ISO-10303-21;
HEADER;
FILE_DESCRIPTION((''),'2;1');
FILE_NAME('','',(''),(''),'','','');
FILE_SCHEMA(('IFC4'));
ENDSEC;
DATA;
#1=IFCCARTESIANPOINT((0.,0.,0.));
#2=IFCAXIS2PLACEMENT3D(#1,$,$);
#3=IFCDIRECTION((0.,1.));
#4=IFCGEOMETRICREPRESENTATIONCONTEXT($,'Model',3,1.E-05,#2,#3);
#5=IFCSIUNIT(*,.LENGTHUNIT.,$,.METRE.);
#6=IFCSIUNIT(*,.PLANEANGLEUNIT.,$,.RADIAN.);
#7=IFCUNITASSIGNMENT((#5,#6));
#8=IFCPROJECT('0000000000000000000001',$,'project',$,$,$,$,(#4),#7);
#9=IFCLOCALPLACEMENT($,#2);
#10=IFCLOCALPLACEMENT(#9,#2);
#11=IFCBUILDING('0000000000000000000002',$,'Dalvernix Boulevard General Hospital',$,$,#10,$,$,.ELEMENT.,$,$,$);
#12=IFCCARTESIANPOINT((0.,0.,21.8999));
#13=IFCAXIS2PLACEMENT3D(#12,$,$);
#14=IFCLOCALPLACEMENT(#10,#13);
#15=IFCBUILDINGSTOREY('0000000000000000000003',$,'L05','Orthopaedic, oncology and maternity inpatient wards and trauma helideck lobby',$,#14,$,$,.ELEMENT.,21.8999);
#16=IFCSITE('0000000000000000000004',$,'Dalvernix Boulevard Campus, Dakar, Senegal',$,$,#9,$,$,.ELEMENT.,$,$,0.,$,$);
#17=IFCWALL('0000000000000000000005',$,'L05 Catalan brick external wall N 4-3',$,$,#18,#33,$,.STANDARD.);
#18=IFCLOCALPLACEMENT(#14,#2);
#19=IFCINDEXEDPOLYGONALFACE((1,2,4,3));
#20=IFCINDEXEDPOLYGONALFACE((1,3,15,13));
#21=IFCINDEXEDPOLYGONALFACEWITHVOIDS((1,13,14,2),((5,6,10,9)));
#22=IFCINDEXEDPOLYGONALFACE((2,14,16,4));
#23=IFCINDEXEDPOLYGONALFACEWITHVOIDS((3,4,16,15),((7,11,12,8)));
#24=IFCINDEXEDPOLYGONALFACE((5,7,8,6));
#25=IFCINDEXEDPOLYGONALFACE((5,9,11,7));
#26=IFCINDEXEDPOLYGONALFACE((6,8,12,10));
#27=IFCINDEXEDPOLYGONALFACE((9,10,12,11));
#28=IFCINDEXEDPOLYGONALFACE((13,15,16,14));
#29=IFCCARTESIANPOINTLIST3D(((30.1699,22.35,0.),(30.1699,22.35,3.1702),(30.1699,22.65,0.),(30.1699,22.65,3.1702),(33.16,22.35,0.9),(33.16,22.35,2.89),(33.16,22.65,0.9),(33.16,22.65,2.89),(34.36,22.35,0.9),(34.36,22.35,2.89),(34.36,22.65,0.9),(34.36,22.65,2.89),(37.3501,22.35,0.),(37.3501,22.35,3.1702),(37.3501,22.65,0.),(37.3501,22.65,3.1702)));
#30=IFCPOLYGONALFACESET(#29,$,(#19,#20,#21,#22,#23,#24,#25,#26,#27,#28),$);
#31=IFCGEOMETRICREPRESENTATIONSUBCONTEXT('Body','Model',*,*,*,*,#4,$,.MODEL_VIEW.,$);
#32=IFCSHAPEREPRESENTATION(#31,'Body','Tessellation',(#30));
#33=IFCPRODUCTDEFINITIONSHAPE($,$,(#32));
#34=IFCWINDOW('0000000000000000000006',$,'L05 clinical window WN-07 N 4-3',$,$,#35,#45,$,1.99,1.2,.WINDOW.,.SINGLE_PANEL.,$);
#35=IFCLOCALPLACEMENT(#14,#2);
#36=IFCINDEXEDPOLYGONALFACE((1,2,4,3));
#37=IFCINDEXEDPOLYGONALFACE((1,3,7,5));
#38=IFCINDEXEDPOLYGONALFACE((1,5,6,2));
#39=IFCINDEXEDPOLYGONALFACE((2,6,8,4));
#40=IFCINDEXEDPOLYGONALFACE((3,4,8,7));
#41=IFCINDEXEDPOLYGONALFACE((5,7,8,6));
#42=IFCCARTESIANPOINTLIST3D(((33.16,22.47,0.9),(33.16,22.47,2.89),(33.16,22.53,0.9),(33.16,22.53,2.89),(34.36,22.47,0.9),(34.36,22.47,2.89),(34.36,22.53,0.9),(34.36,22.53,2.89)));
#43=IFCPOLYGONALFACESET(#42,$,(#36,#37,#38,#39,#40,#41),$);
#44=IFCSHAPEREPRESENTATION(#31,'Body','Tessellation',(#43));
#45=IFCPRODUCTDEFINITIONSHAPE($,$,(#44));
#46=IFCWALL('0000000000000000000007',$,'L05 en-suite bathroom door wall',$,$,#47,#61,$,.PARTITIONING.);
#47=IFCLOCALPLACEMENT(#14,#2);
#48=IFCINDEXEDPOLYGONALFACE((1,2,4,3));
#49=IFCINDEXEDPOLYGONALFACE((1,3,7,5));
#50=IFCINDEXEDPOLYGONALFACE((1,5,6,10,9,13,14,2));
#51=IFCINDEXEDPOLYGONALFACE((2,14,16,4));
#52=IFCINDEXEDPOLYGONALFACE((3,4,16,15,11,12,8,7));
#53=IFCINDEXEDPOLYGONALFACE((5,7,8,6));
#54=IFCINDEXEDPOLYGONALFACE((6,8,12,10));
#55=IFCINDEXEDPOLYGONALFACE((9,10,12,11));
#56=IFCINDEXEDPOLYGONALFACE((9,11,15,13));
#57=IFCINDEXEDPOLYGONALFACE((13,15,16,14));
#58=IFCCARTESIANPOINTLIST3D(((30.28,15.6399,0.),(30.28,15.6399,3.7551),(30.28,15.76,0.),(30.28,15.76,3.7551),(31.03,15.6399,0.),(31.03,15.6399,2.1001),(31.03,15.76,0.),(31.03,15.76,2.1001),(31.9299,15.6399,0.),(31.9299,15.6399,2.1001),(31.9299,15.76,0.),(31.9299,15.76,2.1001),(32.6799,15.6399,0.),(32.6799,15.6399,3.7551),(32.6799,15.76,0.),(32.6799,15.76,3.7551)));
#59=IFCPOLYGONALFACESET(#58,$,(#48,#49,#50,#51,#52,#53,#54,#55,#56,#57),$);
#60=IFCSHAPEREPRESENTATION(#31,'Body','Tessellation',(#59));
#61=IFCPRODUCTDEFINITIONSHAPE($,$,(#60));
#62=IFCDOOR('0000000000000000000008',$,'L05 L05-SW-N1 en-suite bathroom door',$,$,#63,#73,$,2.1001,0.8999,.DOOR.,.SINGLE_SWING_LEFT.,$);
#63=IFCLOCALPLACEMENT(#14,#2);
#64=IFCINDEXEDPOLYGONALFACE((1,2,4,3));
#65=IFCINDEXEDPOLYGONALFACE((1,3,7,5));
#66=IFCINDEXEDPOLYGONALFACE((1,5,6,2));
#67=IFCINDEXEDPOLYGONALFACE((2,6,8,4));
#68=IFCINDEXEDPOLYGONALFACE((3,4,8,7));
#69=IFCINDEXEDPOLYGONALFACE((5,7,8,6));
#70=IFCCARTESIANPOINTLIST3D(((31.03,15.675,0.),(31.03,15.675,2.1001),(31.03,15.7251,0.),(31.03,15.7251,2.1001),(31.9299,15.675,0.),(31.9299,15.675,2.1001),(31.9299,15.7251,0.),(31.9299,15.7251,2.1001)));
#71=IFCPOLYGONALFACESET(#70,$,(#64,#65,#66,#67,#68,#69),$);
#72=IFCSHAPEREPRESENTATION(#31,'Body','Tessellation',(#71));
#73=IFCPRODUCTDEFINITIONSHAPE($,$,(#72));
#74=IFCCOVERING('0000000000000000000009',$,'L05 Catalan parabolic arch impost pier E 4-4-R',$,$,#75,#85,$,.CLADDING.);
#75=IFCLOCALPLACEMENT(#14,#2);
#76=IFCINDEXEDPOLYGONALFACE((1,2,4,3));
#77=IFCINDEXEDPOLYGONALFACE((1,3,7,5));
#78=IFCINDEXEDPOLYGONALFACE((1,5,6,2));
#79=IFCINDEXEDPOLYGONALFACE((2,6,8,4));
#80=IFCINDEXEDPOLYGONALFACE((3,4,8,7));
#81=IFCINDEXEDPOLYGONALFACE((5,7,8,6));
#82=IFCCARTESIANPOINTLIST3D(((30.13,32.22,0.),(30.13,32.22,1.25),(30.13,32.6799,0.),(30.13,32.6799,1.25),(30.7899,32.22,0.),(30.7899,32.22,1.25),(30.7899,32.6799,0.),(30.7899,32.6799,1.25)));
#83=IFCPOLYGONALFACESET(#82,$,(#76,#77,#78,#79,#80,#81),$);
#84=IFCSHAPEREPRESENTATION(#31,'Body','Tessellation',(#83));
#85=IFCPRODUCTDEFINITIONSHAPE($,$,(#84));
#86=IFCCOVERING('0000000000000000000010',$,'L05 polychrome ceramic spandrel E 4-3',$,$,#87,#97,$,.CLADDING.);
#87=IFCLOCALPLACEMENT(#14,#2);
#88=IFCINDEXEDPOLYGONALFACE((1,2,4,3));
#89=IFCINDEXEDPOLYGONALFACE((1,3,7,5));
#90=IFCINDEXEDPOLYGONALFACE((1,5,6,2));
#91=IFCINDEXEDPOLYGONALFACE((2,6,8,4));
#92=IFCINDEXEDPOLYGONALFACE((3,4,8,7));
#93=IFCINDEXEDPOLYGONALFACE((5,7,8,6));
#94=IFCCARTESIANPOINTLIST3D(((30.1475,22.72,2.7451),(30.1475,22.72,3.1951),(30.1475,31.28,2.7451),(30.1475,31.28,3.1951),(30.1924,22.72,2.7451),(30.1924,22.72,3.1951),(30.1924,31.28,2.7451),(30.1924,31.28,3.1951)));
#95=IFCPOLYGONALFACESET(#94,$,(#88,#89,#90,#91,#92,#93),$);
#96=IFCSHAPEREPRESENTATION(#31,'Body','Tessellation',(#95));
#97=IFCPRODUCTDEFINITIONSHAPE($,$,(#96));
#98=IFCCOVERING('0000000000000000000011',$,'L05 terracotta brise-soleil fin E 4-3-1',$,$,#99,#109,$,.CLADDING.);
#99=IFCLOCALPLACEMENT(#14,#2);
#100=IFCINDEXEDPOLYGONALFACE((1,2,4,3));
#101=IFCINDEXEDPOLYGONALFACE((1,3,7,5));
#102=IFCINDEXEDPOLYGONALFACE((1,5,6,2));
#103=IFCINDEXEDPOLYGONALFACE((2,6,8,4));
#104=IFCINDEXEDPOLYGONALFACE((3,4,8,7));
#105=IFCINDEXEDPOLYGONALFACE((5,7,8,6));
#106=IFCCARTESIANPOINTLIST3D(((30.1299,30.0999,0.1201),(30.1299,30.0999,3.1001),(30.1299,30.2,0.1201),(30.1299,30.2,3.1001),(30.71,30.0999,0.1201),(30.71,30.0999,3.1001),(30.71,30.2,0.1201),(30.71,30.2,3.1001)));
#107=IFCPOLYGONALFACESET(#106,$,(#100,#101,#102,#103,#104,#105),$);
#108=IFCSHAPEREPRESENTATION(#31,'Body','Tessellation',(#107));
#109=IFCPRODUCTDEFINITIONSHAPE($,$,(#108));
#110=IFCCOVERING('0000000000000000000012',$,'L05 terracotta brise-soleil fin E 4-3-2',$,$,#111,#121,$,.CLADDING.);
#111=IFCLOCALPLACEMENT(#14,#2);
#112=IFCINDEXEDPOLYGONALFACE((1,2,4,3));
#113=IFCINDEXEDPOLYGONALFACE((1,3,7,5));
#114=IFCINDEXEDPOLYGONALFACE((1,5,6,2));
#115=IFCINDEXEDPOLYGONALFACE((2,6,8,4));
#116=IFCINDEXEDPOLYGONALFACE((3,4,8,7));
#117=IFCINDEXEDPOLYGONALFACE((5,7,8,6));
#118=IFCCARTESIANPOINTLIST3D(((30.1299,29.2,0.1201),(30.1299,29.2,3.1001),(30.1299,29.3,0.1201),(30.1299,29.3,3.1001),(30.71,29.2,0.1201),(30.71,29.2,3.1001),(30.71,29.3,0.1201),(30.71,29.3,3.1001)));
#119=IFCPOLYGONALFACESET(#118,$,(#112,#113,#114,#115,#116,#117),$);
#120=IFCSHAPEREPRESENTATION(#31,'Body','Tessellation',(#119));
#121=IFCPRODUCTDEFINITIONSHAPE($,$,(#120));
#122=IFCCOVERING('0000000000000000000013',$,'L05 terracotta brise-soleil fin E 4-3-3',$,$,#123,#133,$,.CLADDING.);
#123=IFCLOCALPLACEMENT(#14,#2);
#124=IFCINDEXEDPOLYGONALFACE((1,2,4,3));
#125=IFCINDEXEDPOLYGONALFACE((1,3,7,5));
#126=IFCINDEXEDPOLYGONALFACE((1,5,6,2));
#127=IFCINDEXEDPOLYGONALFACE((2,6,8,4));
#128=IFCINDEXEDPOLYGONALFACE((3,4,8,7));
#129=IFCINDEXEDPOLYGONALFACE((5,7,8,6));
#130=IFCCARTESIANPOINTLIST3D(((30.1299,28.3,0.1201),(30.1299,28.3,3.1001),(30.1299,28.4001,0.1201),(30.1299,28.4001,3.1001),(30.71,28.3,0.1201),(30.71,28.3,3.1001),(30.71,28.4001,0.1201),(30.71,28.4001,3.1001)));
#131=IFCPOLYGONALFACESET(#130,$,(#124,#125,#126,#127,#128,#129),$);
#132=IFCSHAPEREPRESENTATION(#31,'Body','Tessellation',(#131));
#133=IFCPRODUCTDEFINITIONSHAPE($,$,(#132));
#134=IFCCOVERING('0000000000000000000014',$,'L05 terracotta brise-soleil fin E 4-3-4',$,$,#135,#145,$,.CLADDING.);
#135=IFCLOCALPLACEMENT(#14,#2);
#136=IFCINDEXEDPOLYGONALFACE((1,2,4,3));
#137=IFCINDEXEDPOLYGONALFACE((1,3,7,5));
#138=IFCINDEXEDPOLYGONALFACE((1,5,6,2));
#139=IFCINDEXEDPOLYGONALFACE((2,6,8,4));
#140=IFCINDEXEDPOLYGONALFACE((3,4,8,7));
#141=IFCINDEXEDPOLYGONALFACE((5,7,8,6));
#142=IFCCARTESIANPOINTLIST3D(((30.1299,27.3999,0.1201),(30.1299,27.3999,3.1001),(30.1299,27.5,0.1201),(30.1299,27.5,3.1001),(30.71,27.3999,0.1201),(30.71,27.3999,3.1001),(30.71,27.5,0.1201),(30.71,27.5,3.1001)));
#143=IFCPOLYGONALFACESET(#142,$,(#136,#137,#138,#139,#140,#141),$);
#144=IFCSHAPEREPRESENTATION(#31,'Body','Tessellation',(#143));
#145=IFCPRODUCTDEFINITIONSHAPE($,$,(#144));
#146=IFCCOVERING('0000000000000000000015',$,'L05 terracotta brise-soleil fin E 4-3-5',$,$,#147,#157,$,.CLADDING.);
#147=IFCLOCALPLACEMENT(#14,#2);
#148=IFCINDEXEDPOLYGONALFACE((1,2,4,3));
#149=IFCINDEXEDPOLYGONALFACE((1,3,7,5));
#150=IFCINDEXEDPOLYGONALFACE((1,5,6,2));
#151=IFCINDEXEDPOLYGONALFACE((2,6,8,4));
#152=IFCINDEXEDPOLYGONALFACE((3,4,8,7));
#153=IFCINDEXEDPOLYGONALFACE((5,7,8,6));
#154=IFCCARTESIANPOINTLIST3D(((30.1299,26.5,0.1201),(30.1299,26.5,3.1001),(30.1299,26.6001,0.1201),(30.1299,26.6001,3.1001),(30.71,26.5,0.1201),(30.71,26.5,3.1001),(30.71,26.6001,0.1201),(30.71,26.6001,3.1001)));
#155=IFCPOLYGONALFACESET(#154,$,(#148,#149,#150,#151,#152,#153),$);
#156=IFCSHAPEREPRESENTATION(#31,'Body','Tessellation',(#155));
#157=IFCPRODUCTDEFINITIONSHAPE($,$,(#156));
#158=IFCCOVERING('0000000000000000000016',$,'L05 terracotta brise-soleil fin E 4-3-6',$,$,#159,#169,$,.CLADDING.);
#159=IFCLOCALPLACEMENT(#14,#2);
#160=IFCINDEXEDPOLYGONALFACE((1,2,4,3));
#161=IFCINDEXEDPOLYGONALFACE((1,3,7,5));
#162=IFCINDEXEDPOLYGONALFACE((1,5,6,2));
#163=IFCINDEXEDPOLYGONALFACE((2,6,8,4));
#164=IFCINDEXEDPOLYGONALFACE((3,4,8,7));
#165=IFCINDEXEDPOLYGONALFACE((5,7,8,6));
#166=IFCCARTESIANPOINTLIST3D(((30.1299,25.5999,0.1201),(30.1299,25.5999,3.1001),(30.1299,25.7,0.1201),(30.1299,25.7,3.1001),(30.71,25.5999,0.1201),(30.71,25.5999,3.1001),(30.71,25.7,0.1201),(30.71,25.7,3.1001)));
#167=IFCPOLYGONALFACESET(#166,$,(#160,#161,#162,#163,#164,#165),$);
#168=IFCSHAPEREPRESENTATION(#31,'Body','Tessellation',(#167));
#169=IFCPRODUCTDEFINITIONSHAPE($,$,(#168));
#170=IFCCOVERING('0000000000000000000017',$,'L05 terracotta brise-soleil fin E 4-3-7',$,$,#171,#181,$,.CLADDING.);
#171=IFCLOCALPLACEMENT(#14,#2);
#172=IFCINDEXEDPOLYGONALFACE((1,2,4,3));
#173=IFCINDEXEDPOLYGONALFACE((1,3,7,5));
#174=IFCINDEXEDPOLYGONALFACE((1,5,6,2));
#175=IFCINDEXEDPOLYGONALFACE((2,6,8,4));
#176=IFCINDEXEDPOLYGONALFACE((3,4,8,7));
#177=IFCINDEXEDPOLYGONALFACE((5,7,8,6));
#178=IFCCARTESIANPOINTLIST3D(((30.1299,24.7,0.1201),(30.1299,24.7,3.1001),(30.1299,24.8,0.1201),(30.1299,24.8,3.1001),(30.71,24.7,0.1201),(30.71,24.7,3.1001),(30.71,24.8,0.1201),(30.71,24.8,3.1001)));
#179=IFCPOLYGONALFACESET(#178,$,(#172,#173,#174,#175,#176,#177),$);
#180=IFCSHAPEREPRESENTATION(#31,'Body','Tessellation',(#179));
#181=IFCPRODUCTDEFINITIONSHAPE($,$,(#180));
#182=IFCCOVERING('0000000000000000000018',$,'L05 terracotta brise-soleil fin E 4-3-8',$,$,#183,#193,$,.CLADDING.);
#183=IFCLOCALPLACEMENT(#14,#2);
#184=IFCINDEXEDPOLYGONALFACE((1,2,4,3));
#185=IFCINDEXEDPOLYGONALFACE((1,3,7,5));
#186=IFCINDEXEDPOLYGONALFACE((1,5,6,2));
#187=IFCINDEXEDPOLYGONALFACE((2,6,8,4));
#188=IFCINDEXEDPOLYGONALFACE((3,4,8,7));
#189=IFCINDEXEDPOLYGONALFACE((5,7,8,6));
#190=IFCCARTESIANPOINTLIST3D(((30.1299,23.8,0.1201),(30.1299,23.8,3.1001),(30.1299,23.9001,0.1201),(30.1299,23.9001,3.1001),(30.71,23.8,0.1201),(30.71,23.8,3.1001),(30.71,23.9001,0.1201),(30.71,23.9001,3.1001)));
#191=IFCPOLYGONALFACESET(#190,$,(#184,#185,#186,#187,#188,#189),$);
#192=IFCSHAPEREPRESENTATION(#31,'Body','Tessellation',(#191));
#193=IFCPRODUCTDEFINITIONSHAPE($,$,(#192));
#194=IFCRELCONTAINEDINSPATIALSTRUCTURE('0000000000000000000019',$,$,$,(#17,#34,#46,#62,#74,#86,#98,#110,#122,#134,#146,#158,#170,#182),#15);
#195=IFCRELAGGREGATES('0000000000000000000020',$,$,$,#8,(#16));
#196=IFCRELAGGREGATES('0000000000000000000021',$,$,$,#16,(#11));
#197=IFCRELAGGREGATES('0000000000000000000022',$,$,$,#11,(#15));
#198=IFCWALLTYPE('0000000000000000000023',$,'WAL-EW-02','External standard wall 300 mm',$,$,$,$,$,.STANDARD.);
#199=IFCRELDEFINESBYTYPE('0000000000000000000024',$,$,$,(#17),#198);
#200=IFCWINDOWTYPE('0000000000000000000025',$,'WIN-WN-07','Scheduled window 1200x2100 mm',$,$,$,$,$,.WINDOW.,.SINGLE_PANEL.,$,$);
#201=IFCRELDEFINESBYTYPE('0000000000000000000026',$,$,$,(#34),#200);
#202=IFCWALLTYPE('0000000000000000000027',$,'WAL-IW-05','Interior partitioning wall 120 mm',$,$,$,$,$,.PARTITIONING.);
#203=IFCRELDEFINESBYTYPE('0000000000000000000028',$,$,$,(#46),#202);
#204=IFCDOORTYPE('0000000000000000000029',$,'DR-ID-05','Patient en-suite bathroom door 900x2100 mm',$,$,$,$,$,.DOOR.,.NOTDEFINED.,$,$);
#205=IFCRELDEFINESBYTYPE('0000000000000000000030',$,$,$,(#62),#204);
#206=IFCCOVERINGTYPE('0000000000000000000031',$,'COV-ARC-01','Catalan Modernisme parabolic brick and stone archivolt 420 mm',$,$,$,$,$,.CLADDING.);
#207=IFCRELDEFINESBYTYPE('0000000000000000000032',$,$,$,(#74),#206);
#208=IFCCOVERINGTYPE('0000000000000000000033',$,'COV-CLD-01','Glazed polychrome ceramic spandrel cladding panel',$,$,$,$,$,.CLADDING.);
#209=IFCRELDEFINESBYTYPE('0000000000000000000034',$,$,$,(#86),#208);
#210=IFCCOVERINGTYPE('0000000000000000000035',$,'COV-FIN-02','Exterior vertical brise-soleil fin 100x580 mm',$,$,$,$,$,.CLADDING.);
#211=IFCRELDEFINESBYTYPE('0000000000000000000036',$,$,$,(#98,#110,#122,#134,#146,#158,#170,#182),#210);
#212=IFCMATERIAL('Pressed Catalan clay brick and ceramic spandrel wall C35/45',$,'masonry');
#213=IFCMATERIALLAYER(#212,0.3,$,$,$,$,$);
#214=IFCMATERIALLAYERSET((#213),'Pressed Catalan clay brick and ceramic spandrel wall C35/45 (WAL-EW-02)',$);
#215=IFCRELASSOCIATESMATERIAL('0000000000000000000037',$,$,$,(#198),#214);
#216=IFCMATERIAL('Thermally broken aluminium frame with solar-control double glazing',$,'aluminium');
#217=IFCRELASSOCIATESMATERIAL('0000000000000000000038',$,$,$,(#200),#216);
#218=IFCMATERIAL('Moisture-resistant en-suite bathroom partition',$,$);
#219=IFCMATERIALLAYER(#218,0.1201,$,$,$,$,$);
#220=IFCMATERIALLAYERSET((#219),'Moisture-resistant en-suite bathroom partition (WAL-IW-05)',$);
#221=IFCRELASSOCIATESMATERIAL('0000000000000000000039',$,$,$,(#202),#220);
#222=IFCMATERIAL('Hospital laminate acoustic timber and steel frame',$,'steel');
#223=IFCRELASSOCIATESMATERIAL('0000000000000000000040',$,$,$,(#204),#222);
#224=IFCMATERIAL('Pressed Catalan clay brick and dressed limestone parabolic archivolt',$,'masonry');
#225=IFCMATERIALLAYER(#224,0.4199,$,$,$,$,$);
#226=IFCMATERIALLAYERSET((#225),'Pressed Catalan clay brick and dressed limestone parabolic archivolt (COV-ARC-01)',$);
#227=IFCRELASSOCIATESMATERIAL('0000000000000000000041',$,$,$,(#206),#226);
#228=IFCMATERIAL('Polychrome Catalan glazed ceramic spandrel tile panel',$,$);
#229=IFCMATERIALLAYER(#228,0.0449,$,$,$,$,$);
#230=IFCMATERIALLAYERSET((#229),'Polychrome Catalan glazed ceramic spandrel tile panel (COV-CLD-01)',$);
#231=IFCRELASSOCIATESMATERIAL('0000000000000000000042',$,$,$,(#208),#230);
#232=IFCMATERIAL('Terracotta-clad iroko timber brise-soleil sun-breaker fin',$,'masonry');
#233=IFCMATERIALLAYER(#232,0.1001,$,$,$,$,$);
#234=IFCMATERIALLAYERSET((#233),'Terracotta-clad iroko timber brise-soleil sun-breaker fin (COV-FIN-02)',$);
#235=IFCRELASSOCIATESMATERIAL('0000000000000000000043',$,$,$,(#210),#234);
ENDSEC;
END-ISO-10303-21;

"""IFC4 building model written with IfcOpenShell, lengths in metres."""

from ifc_helpers import new_model, si_unit, direction, frame, frame_2d, origin, origin_2d, place, context, subcontext, project, spatial, rectangle, extrude, material, layer, layer_set, type_object, element, fill, save


model = new_model("IFC4")

# Units and contexts
model_context = context("Model", 3, precision=1e-05, world=origin(), true_north=direction((0.0, 1.0)))
body_context = subcontext(model_context, "Body", "Model", "MODEL_VIEW")
ifc_project = project(units=[si_unit("LENGTHUNIT", "METRE"), si_unit("PLANEANGLEUNIT", "RADIAN")], contexts=[model_context])

# Site, building, storey
site_placement = place(None, origin())
site = spatial("IfcSite", under=ifc_project, at=site_placement, Name="Dalvernix Boulevard Campus, Dakar, Senegal", CompositionType="ELEMENT", RefElevation=0.0)
building_placement = place(site_placement, origin())
building = spatial("IfcBuilding", under=site, at=building_placement, Name="Dalvernix Boulevard General Hospital", CompositionType="ELEMENT")
storey_placement = place(building_placement, frame((0.0, 0.0, 21.8999)))
storey = spatial("IfcBuildingStorey", under=building, at=storey_placement, Name="L05", Description="Orthopaedic, oncology and maternity inpatient wards and trauma helideck lobby", CompositionType="ELEMENT", Elevation=21.8999)

# Wall, opening, window
ifc_material_1 = material(Name="Pressed Catalan clay brick and ceramic spandrel wall C35/45", Category="masonry")
ifc_layer_1 = layer(ifc_material_1, 0.3)
ifc_layer_set_1 = layer_set([ifc_layer_1], Name="Pressed Catalan clay brick and ceramic spandrel wall C35/45 (WAL-EW-02)")
wall_type_1 = type_object("IfcWallType", Name="WAL-EW-02", Description="External standard wall 300 mm", PredefinedType="STANDARD", material=ifc_layer_set_1)
ifc_material_2 = material(Name="Thermally broken aluminium frame with solar-control double glazing", Category="aluminium")
window_type = type_object("IfcWindowType", Name="WIN-WN-07", Description="Scheduled window 1200x2100 mm", PartitioningType="SINGLE_PANEL", PredefinedType="WINDOW", material=ifc_material_2)
wall_1_placement = place(storey_placement, frame((30.1699, 22.5, 0.0), z_axis=(0.0, 0.0, 1.0), x_axis=(1.0, 0.0, 0.0)))
wall_1 = element("IfcWall", 1, at=wall_1_placement, inside=storey, type_object=wall_type_1, Name="L05 Catalan brick external wall N 4-3", PredefinedType="STANDARD", context=body_context, shape_type="SweptSolid", body=[
    extrude(rectangle(XDim=7.1802, YDim=0.3, at=frame_2d((3.5901, 0.0))), origin(), (0.0, 0.0, 1.0), 3.1702),
])
opening_1_placement = place(wall_1_placement, frame((2.99, 0.0, 0.8999)))
opening_1 = element("IfcOpeningElement", 2, at=opening_1_placement, cuts=wall_1, PredefinedType="OPENING", context=body_context, shape_type="SweptSolid", body=[
    extrude(rectangle(XDim=1.2, YDim=1.99, at=frame_2d((0.6001, 0.9951))), frame((0.0, 0.1599, 0.0), z_axis=(0.0, -1.0, 0.0), x_axis=(1.0, 0.0, 0.0)), (0.0, 0.0, 1.0), 0.3201),
])
window_1_placement = place(opening_1_placement, origin())
window_1 = element("IfcWindow", 3, at=window_1_placement, inside=storey, type_object=window_type, Name="L05 clinical window WN-07 N 4-3", OverallHeight=1.99, OverallWidth=1.2, PartitioningType="SINGLE_PANEL", PredefinedType="WINDOW", context=body_context, shape_type="SweptSolid", body=[
    extrude(rectangle(XDim=1.2, YDim=1.99, at=frame_2d((0.6001, 0.9951))), frame((0.0, 0.03, 0.0), z_axis=(0.0, -1.0, 0.0), x_axis=(1.0, 0.0, 0.0)), (0.0, 0.0, 1.0), 0.0601),
])
fill(opening_1, window_1)

# Wall, opening, door
ifc_material_3 = material(Name="Moisture-resistant en-suite bathroom partition")
ifc_layer_2 = layer(ifc_material_3, 0.1201)
ifc_layer_set_2 = layer_set([ifc_layer_2], Name="Moisture-resistant en-suite bathroom partition (WAL-IW-05)")
wall_type_2 = type_object("IfcWallType", Name="WAL-IW-05", Description="Interior partitioning wall 120 mm", PredefinedType="PARTITIONING", material=ifc_layer_set_2)
wall_2_placement = place(storey_placement, frame((32.6799, 15.7, 0.0), z_axis=(0.0, 0.0, 1.0), x_axis=(-1.0, 0.0, 0.0)))
wall_2 = element("IfcWall", 4, at=wall_2_placement, inside=storey, type_object=wall_type_2, Name="L05 en-suite bathroom door wall", PredefinedType="PARTITIONING", context=body_context, shape_type="SweptSolid", body=[
    extrude(rectangle(XDim=2.3999, YDim=0.1201, at=frame_2d((1.2, 0.0))), origin(), (0.0, 0.0, 1.0), 3.7551),
])
opening_2_placement = place(wall_2_placement, frame((0.75, 0.0, 0.0)))
opening_2 = element("IfcOpeningElement", 5, at=opening_2_placement, cuts=wall_2, PredefinedType="OPENING", context=body_context, shape_type="SweptSolid", body=[
    extrude(rectangle(XDim=0.8999, YDim=2.1001, at=frame_2d((0.45, 1.05))), frame((0.0, 0.0701, 0.0), z_axis=(0.0, -1.0, 0.0), x_axis=(1.0, 0.0, 0.0)), (0.0, 0.0, 1.0), 0.1401),
])
ifc_material_4 = material(Name="Hospital laminate acoustic timber and steel frame", Category="steel")
door_type = type_object("IfcDoorType", Name="DR-ID-05", Description="Patient en-suite bathroom door 900x2100 mm", OperationType="NOTDEFINED", PredefinedType="DOOR", material=ifc_material_4)
door_placement = place(opening_2_placement, origin())
door = element("IfcDoor", 6, at=door_placement, inside=storey, type_object=door_type, Name="L05 L05-SW-N1 en-suite bathroom door", OperationType="SINGLE_SWING_LEFT", OverallHeight=2.1001, OverallWidth=0.8999, PredefinedType="DOOR", context=body_context, shape_type="SweptSolid", body=[
    extrude(rectangle(XDim=0.8999, YDim=2.1001, at=frame_2d((0.45, 1.05))), frame((0.0, 0.0249, 0.0), z_axis=(0.0, -1.0, 0.0), x_axis=(1.0, 0.0, 0.0)), (0.0, 0.0, 1.0), 0.05),
])
fill(opening_2, door)

# Coverings
ifc_material_5 = material(Name="Pressed Catalan clay brick and dressed limestone parabolic archivolt", Category="masonry")
ifc_layer_3 = layer(ifc_material_5, 0.4199)
ifc_layer_set_3 = layer_set([ifc_layer_3], Name="Pressed Catalan clay brick and dressed limestone parabolic archivolt (COV-ARC-01)")
covering_type_1 = type_object("IfcCoveringType", Name="COV-ARC-01", Description="Catalan Modernisme parabolic brick and stone archivolt 420 mm", PredefinedType="CLADDING", material=ifc_layer_set_3)
covering_1_placement = place(storey_placement, frame((30.46, 32.45, 0.0), z_axis=(0.0, 0.0, 1.0), x_axis=(0.0, -1.0, 0.0)))
element("IfcCovering", 7, at=covering_1_placement, inside=storey, type_object=covering_type_1, Name="L05 Catalan parabolic arch impost pier E 4-4-R", PredefinedType="CLADDING", context=body_context, shape_type="SweptSolid", body=[
    extrude(rectangle(XDim=0.46, YDim=0.6599, at=origin_2d()), origin(), (0.0, 0.0, 1.0), 1.25),
])
ifc_material_6 = material(Name="Polychrome Catalan glazed ceramic spandrel tile panel")
ifc_layer_4 = layer(ifc_material_6, 0.0449)
ifc_layer_set_4 = layer_set([ifc_layer_4], Name="Polychrome Catalan glazed ceramic spandrel tile panel (COV-CLD-01)")
covering_type_2 = type_object("IfcCoveringType", Name="COV-CLD-01", Description="Glazed polychrome ceramic spandrel cladding panel", PredefinedType="CLADDING", material=ifc_layer_set_4)
covering_2_placement = place(storey_placement, frame((30.1699, 27.0, 2.7451), z_axis=(0.0, 0.0, 1.0), x_axis=(0.0, -1.0, 0.0)))
element("IfcCovering", 8, at=covering_2_placement, inside=storey, type_object=covering_type_2, Name="L05 polychrome ceramic spandrel E 4-3", PredefinedType="CLADDING", context=body_context, shape_type="SweptSolid", body=[
    extrude(rectangle(XDim=8.5601, YDim=0.0449, at=origin_2d()), origin(), (0.0, 0.0, 1.0), 0.45),
])
ifc_material_7 = material(Name="Terracotta-clad iroko timber brise-soleil sun-breaker fin", Category="masonry")
ifc_layer_5 = layer(ifc_material_7, 0.1001)
ifc_layer_set_5 = layer_set([ifc_layer_5], Name="Terracotta-clad iroko timber brise-soleil sun-breaker fin (COV-FIN-02)")
covering_type_3 = type_object("IfcCoveringType", Name="COV-FIN-02", Description="Exterior vertical brise-soleil fin 100x580 mm", PredefinedType="CLADDING", material=ifc_layer_set_5)
for number, where, z_axis, x_axis, name in (
    (9, (30.4199, 30.1499, 0.1201), (0.0, 0.0, 1.0), (0.0, -1.0, 0.0), "L05 terracotta brise-soleil fin E 4-3-1"),
    (10, (30.4199, 29.25, 0.1201), (0.0, 0.0, 1.0), (0.0, -1.0, 0.0), "L05 terracotta brise-soleil fin E 4-3-2"),
    (11, (30.4199, 28.3501, 0.1201), (0.0, 0.0, 1.0), (0.0, -1.0, 0.0), "L05 terracotta brise-soleil fin E 4-3-3"),
    (12, (30.4199, 27.45, 0.1201), (0.0, 0.0, 1.0), (0.0, -1.0, 0.0), "L05 terracotta brise-soleil fin E 4-3-4"),
    (13, (30.4199, 26.55, 0.1201), (0.0, 0.0, 1.0), (0.0, -1.0, 0.0), "L05 terracotta brise-soleil fin E 4-3-5"),
    (14, (30.4199, 25.6499, 0.1201), (0.0, 0.0, 1.0), (0.0, -1.0, 0.0), "L05 terracotta brise-soleil fin E 4-3-6"),
    (15, (30.4199, 24.75, 0.1201), (0.0, 0.0, 1.0), (0.0, -1.0, 0.0), "L05 terracotta brise-soleil fin E 4-3-7"),
    (16, (30.4199, 23.8501, 0.1201), (0.0, 0.0, 1.0), (0.0, -1.0, 0.0), "L05 terracotta brise-soleil fin E 4-3-8"),
):
    element("IfcCovering", number, at=place(storey_placement, frame(where, z_axis=z_axis, x_axis=x_axis)), inside=storey, type_object=covering_type_3, Name=name, PredefinedType="CLADDING", context=body_context, shape_type="SweptSolid", body=[
        extrude(rectangle(XDim=0.1001, YDim=0.5801, at=origin_2d()), origin(), (0.0, 0.0, 1.0), 2.98),
    ])

save(model, "model.ifc")
